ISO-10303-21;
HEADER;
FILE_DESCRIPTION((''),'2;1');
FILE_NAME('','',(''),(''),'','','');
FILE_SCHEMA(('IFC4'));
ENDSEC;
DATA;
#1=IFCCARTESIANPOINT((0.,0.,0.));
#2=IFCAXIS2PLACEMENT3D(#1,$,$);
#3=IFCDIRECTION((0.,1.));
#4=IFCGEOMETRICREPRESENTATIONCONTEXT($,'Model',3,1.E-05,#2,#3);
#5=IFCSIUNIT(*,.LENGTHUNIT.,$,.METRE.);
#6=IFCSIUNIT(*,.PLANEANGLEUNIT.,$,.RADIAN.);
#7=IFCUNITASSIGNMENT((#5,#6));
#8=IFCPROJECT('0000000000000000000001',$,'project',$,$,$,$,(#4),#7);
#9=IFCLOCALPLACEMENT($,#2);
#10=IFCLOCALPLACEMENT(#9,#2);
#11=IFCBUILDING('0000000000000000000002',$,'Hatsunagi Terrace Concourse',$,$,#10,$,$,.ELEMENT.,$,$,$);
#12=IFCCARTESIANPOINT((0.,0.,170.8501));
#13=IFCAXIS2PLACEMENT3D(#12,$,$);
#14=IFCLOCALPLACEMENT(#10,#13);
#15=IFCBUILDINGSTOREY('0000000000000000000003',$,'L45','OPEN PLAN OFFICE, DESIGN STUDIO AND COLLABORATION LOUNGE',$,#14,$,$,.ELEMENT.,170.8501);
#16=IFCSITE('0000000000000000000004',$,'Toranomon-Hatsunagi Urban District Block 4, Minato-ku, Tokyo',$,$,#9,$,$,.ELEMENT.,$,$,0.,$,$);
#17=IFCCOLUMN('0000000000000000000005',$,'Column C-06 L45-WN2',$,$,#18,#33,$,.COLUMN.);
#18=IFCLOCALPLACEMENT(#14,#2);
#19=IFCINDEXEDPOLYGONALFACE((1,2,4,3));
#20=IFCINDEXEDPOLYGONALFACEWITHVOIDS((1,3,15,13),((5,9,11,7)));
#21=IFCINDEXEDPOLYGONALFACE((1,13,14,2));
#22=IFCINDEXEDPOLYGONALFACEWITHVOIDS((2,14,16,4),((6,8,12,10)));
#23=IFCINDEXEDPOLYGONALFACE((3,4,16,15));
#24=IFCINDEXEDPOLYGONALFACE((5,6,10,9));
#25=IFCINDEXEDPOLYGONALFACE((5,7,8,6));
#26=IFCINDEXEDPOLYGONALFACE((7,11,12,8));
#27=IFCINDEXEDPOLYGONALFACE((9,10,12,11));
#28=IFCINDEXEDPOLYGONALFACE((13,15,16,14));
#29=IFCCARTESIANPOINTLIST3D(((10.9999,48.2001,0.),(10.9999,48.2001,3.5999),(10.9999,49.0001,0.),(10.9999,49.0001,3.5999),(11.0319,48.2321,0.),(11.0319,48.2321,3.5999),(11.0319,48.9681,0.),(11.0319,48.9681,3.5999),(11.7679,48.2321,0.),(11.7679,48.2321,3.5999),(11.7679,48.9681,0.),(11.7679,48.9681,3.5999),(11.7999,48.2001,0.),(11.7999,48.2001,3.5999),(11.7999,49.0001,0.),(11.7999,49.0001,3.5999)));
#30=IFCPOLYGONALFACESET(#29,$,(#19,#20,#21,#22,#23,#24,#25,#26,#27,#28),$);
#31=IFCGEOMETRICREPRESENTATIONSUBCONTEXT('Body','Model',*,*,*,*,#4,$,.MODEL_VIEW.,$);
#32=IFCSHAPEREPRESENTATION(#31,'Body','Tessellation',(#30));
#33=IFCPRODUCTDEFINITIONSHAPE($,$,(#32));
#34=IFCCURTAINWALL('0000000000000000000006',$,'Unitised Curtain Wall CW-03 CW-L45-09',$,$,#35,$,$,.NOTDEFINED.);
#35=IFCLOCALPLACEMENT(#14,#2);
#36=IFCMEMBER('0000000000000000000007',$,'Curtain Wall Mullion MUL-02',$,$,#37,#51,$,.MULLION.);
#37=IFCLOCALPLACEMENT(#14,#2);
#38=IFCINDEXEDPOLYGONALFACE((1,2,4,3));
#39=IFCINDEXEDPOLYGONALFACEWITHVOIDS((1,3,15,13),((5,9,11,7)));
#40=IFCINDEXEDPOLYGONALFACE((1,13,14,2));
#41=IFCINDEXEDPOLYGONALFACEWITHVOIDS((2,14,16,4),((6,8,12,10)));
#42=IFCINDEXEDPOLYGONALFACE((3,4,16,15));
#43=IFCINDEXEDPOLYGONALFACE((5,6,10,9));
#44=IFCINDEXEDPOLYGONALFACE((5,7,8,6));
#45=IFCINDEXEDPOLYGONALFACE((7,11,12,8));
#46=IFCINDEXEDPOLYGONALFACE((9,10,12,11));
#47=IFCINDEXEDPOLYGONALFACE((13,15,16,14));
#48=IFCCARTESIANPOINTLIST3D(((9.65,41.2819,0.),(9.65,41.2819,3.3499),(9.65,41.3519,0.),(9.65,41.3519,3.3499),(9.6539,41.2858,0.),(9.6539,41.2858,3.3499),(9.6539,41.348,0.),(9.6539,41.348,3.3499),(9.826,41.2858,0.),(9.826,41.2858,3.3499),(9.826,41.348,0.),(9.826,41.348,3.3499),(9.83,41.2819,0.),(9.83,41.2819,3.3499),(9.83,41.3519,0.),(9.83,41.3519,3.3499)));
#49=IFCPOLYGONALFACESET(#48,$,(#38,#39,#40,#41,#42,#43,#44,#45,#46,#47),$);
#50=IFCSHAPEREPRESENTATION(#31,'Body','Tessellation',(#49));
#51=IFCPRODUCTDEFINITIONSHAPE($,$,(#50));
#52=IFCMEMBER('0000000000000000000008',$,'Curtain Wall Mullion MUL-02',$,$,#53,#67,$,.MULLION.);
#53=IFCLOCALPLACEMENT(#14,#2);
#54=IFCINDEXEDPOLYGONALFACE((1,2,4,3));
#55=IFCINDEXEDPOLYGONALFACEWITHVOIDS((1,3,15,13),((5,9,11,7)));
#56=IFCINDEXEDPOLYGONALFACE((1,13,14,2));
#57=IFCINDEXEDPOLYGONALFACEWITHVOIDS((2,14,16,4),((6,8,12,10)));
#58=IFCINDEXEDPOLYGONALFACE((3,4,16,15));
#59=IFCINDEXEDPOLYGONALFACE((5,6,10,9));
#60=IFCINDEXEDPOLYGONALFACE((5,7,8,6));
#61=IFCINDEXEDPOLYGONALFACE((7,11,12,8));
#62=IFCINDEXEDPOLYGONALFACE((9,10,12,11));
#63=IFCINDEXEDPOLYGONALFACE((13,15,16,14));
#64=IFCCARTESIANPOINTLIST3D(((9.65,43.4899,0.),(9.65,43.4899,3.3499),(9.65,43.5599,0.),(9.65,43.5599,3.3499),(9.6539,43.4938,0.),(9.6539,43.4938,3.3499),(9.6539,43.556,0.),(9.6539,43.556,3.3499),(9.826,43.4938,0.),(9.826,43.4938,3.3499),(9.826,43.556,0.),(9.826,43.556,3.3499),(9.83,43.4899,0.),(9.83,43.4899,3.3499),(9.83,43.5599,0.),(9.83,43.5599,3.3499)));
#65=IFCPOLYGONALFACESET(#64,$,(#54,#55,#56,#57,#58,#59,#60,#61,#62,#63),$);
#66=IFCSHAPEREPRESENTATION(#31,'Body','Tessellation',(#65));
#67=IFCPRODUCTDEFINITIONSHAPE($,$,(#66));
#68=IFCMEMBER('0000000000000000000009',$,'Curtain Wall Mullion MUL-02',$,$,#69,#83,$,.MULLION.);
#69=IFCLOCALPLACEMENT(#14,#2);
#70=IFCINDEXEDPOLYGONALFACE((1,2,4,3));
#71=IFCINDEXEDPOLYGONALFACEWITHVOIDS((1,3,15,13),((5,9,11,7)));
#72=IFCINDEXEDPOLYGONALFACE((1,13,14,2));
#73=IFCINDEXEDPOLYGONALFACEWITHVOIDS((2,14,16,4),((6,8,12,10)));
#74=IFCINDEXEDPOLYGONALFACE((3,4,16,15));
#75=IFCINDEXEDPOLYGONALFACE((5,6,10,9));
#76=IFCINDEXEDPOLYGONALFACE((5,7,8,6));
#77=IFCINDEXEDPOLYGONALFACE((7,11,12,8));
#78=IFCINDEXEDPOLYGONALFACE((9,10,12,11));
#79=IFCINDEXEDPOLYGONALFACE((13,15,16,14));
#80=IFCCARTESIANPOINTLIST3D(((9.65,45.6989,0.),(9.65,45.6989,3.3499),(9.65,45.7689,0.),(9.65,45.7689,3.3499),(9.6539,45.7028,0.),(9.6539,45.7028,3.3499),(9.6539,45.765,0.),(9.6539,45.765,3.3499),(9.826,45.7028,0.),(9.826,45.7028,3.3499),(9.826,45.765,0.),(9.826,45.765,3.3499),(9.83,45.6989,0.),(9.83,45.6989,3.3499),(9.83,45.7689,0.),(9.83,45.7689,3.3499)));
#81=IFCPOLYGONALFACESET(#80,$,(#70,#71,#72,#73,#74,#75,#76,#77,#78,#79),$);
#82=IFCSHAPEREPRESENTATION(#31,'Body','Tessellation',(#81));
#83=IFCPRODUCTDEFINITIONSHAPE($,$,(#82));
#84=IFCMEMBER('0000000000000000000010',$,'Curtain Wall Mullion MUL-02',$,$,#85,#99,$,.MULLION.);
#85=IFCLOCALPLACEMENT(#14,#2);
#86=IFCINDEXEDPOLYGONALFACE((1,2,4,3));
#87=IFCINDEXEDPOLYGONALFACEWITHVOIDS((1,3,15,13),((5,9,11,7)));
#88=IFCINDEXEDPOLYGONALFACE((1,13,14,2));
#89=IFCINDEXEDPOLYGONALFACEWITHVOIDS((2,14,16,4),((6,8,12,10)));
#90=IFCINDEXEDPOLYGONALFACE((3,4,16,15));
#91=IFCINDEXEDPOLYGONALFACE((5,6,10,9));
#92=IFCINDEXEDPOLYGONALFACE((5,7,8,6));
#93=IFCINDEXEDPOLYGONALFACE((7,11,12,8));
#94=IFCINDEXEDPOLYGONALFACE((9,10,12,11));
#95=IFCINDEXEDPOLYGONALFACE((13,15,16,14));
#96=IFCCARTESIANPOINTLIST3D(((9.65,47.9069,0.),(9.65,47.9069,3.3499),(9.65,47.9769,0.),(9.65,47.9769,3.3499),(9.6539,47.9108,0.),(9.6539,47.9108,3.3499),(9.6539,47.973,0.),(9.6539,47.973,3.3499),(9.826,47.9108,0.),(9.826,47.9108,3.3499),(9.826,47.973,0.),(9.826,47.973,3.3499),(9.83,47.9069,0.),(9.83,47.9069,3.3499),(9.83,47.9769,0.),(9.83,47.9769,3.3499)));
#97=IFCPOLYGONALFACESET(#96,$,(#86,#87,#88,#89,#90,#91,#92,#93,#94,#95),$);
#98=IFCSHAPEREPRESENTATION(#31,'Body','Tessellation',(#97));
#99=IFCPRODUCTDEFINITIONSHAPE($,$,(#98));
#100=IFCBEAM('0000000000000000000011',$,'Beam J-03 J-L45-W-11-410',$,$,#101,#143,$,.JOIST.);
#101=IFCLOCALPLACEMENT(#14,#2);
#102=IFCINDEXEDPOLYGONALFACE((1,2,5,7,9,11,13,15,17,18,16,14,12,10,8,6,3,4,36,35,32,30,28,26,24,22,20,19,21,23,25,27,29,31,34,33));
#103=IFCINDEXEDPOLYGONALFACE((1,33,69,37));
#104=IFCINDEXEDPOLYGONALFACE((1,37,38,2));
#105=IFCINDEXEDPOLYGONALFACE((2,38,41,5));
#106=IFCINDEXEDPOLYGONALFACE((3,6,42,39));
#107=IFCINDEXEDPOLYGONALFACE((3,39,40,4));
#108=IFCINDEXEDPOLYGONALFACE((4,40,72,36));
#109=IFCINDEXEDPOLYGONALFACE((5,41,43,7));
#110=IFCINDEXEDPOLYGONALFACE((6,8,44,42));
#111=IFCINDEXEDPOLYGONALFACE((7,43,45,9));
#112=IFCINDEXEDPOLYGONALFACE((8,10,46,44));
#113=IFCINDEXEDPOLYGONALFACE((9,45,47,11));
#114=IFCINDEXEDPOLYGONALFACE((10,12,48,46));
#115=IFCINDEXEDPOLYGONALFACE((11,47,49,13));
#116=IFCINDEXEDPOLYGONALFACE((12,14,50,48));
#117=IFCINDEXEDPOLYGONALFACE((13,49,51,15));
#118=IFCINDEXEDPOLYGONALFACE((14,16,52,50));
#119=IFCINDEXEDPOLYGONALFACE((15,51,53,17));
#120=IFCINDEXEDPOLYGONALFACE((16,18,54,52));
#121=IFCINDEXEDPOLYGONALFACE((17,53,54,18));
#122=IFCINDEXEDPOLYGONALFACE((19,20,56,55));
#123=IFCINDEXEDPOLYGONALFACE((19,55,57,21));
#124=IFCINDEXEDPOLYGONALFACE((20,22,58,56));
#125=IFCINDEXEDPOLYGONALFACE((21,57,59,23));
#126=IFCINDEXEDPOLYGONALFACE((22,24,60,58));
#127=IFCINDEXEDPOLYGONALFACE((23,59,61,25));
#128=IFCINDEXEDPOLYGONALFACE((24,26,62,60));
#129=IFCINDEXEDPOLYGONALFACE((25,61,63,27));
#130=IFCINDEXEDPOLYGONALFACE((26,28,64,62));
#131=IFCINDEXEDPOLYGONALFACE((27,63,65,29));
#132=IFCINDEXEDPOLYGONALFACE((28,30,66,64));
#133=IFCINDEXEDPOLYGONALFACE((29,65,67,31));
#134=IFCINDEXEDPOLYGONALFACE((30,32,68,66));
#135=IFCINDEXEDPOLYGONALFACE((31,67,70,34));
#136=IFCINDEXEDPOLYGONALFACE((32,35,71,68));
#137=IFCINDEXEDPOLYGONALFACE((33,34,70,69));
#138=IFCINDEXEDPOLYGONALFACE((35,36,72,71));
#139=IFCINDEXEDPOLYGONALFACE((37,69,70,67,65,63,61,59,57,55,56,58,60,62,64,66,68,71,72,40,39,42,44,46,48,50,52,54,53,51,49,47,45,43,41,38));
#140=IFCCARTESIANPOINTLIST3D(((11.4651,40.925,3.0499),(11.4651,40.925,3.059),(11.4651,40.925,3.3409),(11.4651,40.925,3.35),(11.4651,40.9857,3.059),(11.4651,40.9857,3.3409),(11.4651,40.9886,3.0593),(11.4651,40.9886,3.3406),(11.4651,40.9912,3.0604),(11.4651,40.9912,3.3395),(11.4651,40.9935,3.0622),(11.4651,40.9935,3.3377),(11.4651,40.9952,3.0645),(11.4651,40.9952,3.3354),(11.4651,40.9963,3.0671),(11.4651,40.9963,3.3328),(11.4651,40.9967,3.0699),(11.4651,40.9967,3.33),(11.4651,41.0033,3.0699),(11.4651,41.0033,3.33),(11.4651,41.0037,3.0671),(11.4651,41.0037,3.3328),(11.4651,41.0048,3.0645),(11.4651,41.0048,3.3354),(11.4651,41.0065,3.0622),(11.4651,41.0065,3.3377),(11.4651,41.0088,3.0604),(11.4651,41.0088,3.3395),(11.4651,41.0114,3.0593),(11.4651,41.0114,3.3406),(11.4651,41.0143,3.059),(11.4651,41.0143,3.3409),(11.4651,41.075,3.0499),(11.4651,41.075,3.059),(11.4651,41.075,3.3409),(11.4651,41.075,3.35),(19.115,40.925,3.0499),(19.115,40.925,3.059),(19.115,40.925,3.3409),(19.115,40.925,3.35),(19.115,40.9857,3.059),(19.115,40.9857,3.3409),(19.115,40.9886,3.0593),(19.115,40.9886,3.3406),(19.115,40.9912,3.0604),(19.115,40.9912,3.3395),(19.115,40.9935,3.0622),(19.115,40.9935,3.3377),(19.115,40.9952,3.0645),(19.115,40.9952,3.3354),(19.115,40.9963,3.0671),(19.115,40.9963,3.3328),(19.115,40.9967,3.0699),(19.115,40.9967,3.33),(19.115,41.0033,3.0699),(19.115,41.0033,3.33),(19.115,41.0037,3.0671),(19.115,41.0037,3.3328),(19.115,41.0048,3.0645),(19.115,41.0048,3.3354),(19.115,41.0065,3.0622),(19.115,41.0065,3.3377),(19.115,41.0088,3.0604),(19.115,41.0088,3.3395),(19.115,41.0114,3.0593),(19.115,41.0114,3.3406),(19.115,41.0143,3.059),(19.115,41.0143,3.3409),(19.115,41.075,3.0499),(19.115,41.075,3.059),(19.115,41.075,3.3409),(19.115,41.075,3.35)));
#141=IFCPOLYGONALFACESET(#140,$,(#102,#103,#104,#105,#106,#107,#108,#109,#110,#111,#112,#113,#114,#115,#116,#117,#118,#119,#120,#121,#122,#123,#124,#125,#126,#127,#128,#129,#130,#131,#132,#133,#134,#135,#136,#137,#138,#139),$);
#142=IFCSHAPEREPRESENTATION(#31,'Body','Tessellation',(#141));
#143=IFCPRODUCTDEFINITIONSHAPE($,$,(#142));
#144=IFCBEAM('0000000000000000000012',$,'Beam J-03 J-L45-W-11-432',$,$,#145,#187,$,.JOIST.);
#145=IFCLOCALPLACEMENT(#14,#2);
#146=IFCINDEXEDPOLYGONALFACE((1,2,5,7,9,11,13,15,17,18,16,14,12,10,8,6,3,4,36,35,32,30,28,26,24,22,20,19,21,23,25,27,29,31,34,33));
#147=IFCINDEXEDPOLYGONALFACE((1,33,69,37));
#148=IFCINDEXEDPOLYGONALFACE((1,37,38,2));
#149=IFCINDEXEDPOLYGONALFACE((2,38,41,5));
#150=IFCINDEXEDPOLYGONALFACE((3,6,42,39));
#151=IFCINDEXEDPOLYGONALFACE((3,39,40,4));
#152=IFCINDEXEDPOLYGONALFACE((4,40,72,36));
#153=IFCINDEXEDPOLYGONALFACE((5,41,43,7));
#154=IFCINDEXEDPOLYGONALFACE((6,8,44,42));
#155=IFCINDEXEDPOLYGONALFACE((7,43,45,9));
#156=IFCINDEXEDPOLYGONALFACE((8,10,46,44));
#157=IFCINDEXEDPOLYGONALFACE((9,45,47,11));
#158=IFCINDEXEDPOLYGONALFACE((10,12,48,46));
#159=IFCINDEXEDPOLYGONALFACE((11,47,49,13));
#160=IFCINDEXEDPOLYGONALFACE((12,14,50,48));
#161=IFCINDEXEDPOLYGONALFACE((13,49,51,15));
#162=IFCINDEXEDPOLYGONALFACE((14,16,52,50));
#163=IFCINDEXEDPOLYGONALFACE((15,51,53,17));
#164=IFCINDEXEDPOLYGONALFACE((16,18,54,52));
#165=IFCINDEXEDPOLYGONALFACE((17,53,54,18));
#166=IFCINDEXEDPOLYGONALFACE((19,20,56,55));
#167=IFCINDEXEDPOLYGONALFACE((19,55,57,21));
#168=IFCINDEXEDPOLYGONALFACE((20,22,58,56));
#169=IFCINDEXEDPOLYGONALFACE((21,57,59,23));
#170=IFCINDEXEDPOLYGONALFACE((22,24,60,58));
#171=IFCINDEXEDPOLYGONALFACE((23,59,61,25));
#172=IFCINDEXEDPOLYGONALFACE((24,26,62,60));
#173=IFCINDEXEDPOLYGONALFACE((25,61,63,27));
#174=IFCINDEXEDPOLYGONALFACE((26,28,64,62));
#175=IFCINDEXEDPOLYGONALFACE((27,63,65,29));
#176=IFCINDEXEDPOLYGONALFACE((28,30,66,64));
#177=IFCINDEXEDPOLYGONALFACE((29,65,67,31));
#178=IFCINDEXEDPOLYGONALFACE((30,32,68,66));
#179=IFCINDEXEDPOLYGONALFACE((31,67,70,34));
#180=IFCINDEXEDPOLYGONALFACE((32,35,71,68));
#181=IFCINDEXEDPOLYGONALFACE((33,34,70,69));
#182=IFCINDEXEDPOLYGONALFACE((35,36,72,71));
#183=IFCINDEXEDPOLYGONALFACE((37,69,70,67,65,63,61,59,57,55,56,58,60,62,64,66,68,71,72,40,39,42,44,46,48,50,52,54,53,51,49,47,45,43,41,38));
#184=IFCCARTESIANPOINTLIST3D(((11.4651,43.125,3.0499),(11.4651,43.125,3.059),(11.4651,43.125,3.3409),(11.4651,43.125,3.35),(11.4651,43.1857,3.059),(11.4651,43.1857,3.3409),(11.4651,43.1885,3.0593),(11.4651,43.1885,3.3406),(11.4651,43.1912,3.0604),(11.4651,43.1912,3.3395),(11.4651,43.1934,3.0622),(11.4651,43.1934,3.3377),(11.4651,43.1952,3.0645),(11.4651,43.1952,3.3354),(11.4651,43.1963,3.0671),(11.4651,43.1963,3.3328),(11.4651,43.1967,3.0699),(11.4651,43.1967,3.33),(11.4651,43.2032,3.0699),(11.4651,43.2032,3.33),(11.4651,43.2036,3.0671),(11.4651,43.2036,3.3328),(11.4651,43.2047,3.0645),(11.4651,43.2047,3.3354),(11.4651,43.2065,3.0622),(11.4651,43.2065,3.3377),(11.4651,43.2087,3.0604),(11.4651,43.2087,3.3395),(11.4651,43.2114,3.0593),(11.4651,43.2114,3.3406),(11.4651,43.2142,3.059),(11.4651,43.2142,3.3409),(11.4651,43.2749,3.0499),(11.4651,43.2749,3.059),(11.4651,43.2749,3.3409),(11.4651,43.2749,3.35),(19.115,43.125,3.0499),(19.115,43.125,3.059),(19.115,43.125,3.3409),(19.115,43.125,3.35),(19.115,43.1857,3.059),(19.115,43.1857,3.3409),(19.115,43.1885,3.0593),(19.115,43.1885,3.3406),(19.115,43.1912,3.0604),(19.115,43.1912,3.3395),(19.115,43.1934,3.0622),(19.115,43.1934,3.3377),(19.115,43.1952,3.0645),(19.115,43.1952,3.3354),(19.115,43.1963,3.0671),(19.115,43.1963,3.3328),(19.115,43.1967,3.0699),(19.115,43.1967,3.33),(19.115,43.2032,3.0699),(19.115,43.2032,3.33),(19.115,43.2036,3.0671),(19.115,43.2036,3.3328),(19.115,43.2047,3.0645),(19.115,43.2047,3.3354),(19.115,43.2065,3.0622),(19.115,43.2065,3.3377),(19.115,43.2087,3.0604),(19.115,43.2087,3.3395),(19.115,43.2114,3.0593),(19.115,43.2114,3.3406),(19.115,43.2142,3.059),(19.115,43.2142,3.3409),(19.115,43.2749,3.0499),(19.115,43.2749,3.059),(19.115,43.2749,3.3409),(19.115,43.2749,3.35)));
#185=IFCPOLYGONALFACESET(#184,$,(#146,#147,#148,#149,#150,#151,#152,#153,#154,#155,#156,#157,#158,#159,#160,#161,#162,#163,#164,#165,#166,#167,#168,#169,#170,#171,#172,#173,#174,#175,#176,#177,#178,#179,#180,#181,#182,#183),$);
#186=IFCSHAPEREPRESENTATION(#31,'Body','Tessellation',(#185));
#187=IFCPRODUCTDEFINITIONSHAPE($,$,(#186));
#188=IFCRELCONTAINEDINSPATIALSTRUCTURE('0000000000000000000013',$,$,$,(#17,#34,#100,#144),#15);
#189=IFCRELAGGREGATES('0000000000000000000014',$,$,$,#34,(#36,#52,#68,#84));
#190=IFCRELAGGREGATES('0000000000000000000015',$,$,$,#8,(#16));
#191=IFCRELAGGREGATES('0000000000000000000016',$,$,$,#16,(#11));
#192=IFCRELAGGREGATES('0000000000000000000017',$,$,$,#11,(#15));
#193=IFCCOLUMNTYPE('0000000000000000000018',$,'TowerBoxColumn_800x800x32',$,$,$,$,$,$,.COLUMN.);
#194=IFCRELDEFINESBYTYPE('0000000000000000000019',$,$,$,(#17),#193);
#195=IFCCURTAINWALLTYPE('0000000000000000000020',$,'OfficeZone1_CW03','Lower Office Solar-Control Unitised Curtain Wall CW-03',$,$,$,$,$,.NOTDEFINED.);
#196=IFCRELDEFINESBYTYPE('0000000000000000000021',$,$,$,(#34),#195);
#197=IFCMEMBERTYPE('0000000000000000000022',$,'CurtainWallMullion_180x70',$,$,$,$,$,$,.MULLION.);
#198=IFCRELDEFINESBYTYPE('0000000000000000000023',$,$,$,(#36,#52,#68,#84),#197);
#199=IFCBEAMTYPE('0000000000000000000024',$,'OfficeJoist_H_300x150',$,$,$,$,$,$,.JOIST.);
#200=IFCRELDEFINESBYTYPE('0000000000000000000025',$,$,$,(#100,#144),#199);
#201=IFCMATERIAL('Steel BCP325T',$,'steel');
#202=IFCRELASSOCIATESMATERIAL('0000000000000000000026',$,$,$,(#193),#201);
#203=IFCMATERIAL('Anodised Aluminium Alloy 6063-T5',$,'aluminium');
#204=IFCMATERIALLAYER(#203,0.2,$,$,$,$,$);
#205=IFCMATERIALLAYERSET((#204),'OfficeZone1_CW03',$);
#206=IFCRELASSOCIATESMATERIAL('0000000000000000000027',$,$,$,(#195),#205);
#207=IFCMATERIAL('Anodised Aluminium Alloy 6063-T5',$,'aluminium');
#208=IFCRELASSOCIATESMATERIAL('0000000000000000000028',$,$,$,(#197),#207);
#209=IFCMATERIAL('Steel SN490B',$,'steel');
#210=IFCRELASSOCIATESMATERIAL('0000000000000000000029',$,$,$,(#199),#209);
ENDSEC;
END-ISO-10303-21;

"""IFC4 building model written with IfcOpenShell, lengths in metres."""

from ifc_helpers import new_model, si_unit, direction, frame, origin, origin_2d, place, context, subcontext, project, spatial, hollow_rectangle, i_section, extrude, material, layer, layer_set, material_profile, profile_set, type_object, element, aggregate, save


model = new_model("IFC4")

# Units and contexts
model_context = context("Model", 3, precision=1e-05, world=origin(), true_north=direction((0.0, 1.0)))
body_context = subcontext(model_context, "Body", "Model", "MODEL_VIEW")
ifc_project = project(units=[si_unit("LENGTHUNIT", "METRE"), si_unit("PLANEANGLEUNIT", "RADIAN")], contexts=[model_context])

# Site, building, storey
site_placement = place(None, origin())
site = spatial("IfcSite", under=ifc_project, at=site_placement, Name="Toranomon-Hatsunagi Urban District Block 4, Minato-ku, Tokyo", CompositionType="ELEMENT", RefElevation=0.0)
building_placement = place(site_placement, origin())
building = spatial("IfcBuilding", under=site, at=building_placement, Name="Hatsunagi Terrace Concourse", CompositionType="ELEMENT")
storey_placement = place(building_placement, frame((0.0, 0.0, 170.8501)))
storey = spatial("IfcBuildingStorey", under=building, at=storey_placement, Name="L45", Description="OPEN PLAN OFFICE, DESIGN STUDIO AND COLLABORATION LOUNGE", CompositionType="ELEMENT", Elevation=170.8501)

# Column
ifc_material_1 = material(Name="Steel BCP325T", Category="steel")
ifc_material_profile_1 = material_profile(ifc_material_1, hollow_rectangle(XDim=0.8, YDim=0.8, WallThickness=0.032, at=origin_2d()), Name="BCP-800x800x32")
ifc_profile_set_1 = profile_set([ifc_material_profile_1], Name="Steel BCP325T")
column_type = type_object("IfcColumnType", Name="TowerBoxColumn_800x800x32", PredefinedType="COLUMN", material=ifc_profile_set_1)
column_placement = place(storey_placement, frame((11.3999, 48.6001, 0.0), z_axis=(0.0, 0.0, 1.0), x_axis=(1.0, 0.0, 0.0)))
element("IfcColumn", 1, at=column_placement, inside=storey, type_object=column_type, Name="Column C-06 L45-WN2", PredefinedType="COLUMN", context=body_context, shape_type="SweptSolid", body=[
    extrude(hollow_rectangle(XDim=0.8, YDim=0.8, WallThickness=0.032, at=origin_2d()), origin(), (0.0, 0.0, 1.0), 3.5999),
])

# Curtain wall, members
ifc_material_2 = material(Name="Anodised Aluminium Alloy 6063-T5", Category="aluminium")
ifc_layer_1 = layer(ifc_material_2, 0.2)
ifc_layer_set_1 = layer_set([ifc_layer_1], Name="OfficeZone1_CW03")
curtain_wall_type = type_object("IfcCurtainWallType", Name="OfficeZone1_CW03", Description="Lower Office Solar-Control Unitised Curtain Wall CW-03", PredefinedType="NOTDEFINED", material=ifc_layer_set_1)
curtain_wall_placement = place(storey_placement, origin())
curtain_wall = element("IfcCurtainWall", 2, at=curtain_wall_placement, inside=storey, type_object=curtain_wall_type, Name="Unitised Curtain Wall CW-03 CW-L45-09", PredefinedType="NOTDEFINED")
ifc_material_3 = material(Name="Anodised Aluminium Alloy 6063-T5", Category="aluminium")
ifc_material_profile_2 = material_profile(ifc_material_3, hollow_rectangle(XDim=0.0701, YDim=0.1799, WallThickness=0.0039, at=origin_2d()), Name="ALU-MUL-180x70x4")
ifc_profile_set_2 = profile_set([ifc_material_profile_2], Name="Anodised Aluminium Alloy 6063-T5")
member_type = type_object("IfcMemberType", Name="CurtainWallMullion_180x70", PredefinedType="MULLION", material=ifc_profile_set_2)
member_1_placement = place(storey_placement, frame((9.74, 41.3169, 0.0), z_axis=(0.0, 0.0, 1.0), x_axis=(0.0, 1.0, 0.0)))
member_1 = element("IfcMember", 3, at=member_1_placement, type_object=member_type, Name="Curtain Wall Mullion MUL-02", PredefinedType="MULLION", context=body_context, shape_type="SweptSolid", body=[
    extrude(hollow_rectangle(XDim=0.0701, YDim=0.1799, WallThickness=0.0039, at=origin_2d()), origin(), (0.0, 0.0, 1.0), 3.3499),
])
member_2_placement = place(storey_placement, frame((9.74, 43.5249, 0.0), z_axis=(0.0, 0.0, 1.0), x_axis=(0.0, 1.0, 0.0)))
member_2 = element("IfcMember", 4, at=member_2_placement, type_object=member_type, Name="Curtain Wall Mullion MUL-02", PredefinedType="MULLION", context=body_context, shape_type="SweptSolid", body=[
    extrude(hollow_rectangle(XDim=0.0701, YDim=0.1799, WallThickness=0.0039, at=origin_2d()), origin(), (0.0, 0.0, 1.0), 3.3499),
])
member_3_placement = place(storey_placement, frame((9.74, 45.7339, 0.0), z_axis=(0.0, 0.0, 1.0), x_axis=(0.0, 1.0, 0.0)))
member_3 = element("IfcMember", 5, at=member_3_placement, type_object=member_type, Name="Curtain Wall Mullion MUL-02", PredefinedType="MULLION", context=body_context, shape_type="SweptSolid", body=[
    extrude(hollow_rectangle(XDim=0.0701, YDim=0.1799, WallThickness=0.0039, at=origin_2d()), origin(), (0.0, 0.0, 1.0), 3.3499),
])
member_4_placement = place(storey_placement, frame((9.74, 47.9419, 0.0), z_axis=(0.0, 0.0, 1.0), x_axis=(0.0, 1.0, 0.0)))
member_4 = element("IfcMember", 6, at=member_4_placement, type_object=member_type, Name="Curtain Wall Mullion MUL-02", PredefinedType="MULLION", context=body_context, shape_type="SweptSolid", body=[
    extrude(hollow_rectangle(XDim=0.0701, YDim=0.1799, WallThickness=0.0039, at=origin_2d()), origin(), (0.0, 0.0, 1.0), 3.3499),
])

# Beams
ifc_material_4 = material(Name="Steel SN490B", Category="steel")
ifc_material_profile_3 = material_profile(ifc_material_4, i_section(OverallWidth=0.1499, OverallDepth=0.3, WebThickness=0.0066, FlangeThickness=0.009, FilletRadius=0.011, at=origin_2d()), Name="H-300x150x6.5x9")
ifc_profile_set_3 = profile_set([ifc_material_profile_3], Name="Steel SN490B")
beam_type_1 = type_object("IfcBeamType", Name="OfficeJoist_H_300x150", PredefinedType="JOIST", material=ifc_profile_set_3)
for number, where, z_axis, x_axis, name in (
    (7, (11.4651, 41.0, 3.2), (1.0, 0.0, 0.0), (0.0, 1.0, 0.0), "Beam J-03 J-L45-W-11-410"),
    (8, (11.4651, 43.2, 3.2), (1.0, 0.0, 0.0), (0.0, 1.0, 0.0), "Beam J-03 J-L45-W-11-432"),
):
    element("IfcBeam", number, at=place(storey_placement, frame(where, z_axis=z_axis, x_axis=x_axis)), inside=storey, type_object=beam_type_1, Name=name, PredefinedType="JOIST", context=body_context, shape_type="SweptSolid", body=[
        extrude(i_section(OverallWidth=0.1499, OverallDepth=0.3, WebThickness=0.0066, FlangeThickness=0.009, FilletRadius=0.011, at=origin_2d()), origin(), (0.0, 0.0, 1.0), 7.6499),
    ])

aggregate(curtain_wall, [member_1, member_2, member_3, member_4])

save(model, "model.ifc")
